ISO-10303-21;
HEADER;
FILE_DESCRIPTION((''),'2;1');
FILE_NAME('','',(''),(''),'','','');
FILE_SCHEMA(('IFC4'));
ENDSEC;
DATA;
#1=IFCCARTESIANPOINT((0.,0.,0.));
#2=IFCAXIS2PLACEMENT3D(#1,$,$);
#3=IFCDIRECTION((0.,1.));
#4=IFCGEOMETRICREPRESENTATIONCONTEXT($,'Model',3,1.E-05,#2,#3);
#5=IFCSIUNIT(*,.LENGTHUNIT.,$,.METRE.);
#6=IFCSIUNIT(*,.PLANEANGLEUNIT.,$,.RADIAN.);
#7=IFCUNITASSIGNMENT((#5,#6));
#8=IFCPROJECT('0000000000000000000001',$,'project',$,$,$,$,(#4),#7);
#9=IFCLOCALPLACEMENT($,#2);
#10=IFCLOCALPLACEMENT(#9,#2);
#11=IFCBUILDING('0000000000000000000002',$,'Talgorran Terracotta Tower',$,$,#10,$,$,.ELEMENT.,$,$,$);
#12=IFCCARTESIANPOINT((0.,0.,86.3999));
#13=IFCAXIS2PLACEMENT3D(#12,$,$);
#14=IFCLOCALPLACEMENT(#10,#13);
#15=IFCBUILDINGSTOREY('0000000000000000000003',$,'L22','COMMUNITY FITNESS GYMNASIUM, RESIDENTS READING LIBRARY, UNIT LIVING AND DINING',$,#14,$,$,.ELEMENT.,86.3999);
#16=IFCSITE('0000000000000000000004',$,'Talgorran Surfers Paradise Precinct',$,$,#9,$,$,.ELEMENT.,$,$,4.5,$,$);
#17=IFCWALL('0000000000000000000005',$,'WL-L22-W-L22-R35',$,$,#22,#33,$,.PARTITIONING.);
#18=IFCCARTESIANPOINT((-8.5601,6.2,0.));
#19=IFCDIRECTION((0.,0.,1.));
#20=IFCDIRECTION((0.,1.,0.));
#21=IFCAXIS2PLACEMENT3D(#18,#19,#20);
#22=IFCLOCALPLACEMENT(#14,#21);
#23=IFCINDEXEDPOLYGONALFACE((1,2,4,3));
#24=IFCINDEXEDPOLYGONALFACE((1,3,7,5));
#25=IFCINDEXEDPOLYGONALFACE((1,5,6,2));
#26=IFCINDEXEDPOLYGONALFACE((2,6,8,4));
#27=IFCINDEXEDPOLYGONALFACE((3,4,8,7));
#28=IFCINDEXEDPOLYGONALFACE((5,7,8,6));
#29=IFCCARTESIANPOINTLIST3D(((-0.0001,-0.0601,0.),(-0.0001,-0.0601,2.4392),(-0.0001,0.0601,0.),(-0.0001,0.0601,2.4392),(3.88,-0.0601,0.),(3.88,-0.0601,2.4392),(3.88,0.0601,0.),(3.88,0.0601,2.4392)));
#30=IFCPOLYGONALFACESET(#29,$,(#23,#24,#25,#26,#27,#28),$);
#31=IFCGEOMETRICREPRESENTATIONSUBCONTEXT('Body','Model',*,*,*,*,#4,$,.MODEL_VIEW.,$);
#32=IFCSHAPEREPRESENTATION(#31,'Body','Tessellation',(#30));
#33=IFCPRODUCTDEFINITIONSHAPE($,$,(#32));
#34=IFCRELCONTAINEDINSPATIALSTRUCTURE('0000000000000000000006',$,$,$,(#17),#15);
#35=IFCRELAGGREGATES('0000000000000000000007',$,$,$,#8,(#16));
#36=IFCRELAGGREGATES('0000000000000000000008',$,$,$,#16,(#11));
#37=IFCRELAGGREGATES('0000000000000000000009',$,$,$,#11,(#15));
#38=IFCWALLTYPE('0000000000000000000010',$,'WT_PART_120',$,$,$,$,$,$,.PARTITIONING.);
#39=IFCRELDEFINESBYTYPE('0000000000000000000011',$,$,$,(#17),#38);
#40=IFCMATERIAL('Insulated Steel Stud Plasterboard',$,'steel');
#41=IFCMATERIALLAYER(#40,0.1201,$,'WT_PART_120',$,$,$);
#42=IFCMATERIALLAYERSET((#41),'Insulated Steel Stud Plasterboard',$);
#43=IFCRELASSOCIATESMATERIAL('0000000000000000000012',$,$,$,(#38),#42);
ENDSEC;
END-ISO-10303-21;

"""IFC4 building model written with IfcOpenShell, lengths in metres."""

from ifc_helpers import new_model, si_unit, direction, frame, frame_2d, origin, place, context, subcontext, project, spatial, rectangle, extrude, material, layer, layer_set, type_object, element, save


model = new_model("IFC4")

# Units and contexts
model_context = context("Model", 3, precision=1e-05, world=origin(), true_north=direction((0.0, 1.0)))
body_context = subcontext(model_context, "Body", "Model", "MODEL_VIEW")
ifc_project = project(units=[si_unit("LENGTHUNIT", "METRE"), si_unit("PLANEANGLEUNIT", "RADIAN")], contexts=[model_context])

# Site, building, storey
site_placement = place(None, origin())
site = spatial("IfcSite", under=ifc_project, at=site_placement, Name="Talgorran Surfers Paradise Precinct", CompositionType="ELEMENT", RefElevation=4.5)
building_placement = place(site_placement, origin())
building = spatial("IfcBuilding", under=site, at=building_placement, Name="Talgorran Terracotta Tower", CompositionType="ELEMENT")
storey_placement = place(building_placement, frame((0.0, 0.0, 86.3999)))
storey = spatial("IfcBuildingStorey", under=building, at=storey_placement, Name="L22", Description="COMMUNITY FITNESS GYMNASIUM, RESIDENTS READING LIBRARY, UNIT LIVING AND DINING", CompositionType="ELEMENT", Elevation=86.3999)

# Wall
ifc_material_1 = material(Name="Insulated Steel Stud Plasterboard", Category="steel")
ifc_layer_1 = layer(ifc_material_1, 0.1201, Name="WT_PART_120")
ifc_layer_set_1 = layer_set([ifc_layer_1], Name="Insulated Steel Stud Plasterboard")
wall_type_1 = type_object("IfcWallType", Name="WT_PART_120", PredefinedType="PARTITIONING", material=ifc_layer_set_1)
wall_1_placement = place(storey_placement, frame((-8.5601, 6.2, 0.0), z_axis=(0.0, 0.0, 1.0), x_axis=(0.0, 1.0, 0.0)))
element("IfcWall", 1, at=wall_1_placement, inside=storey, type_object=wall_type_1, Name="WL-L22-W-L22-R35", PredefinedType="PARTITIONING", context=body_context, shape_type="SweptSolid", body=[
    extrude(rectangle(XDim=3.8801, YDim=0.1201, at=frame_2d((1.9399, 0.0))), origin(), (0.0, 0.0, 1.0), 2.4392),
])

save(model, "model.ifc")
